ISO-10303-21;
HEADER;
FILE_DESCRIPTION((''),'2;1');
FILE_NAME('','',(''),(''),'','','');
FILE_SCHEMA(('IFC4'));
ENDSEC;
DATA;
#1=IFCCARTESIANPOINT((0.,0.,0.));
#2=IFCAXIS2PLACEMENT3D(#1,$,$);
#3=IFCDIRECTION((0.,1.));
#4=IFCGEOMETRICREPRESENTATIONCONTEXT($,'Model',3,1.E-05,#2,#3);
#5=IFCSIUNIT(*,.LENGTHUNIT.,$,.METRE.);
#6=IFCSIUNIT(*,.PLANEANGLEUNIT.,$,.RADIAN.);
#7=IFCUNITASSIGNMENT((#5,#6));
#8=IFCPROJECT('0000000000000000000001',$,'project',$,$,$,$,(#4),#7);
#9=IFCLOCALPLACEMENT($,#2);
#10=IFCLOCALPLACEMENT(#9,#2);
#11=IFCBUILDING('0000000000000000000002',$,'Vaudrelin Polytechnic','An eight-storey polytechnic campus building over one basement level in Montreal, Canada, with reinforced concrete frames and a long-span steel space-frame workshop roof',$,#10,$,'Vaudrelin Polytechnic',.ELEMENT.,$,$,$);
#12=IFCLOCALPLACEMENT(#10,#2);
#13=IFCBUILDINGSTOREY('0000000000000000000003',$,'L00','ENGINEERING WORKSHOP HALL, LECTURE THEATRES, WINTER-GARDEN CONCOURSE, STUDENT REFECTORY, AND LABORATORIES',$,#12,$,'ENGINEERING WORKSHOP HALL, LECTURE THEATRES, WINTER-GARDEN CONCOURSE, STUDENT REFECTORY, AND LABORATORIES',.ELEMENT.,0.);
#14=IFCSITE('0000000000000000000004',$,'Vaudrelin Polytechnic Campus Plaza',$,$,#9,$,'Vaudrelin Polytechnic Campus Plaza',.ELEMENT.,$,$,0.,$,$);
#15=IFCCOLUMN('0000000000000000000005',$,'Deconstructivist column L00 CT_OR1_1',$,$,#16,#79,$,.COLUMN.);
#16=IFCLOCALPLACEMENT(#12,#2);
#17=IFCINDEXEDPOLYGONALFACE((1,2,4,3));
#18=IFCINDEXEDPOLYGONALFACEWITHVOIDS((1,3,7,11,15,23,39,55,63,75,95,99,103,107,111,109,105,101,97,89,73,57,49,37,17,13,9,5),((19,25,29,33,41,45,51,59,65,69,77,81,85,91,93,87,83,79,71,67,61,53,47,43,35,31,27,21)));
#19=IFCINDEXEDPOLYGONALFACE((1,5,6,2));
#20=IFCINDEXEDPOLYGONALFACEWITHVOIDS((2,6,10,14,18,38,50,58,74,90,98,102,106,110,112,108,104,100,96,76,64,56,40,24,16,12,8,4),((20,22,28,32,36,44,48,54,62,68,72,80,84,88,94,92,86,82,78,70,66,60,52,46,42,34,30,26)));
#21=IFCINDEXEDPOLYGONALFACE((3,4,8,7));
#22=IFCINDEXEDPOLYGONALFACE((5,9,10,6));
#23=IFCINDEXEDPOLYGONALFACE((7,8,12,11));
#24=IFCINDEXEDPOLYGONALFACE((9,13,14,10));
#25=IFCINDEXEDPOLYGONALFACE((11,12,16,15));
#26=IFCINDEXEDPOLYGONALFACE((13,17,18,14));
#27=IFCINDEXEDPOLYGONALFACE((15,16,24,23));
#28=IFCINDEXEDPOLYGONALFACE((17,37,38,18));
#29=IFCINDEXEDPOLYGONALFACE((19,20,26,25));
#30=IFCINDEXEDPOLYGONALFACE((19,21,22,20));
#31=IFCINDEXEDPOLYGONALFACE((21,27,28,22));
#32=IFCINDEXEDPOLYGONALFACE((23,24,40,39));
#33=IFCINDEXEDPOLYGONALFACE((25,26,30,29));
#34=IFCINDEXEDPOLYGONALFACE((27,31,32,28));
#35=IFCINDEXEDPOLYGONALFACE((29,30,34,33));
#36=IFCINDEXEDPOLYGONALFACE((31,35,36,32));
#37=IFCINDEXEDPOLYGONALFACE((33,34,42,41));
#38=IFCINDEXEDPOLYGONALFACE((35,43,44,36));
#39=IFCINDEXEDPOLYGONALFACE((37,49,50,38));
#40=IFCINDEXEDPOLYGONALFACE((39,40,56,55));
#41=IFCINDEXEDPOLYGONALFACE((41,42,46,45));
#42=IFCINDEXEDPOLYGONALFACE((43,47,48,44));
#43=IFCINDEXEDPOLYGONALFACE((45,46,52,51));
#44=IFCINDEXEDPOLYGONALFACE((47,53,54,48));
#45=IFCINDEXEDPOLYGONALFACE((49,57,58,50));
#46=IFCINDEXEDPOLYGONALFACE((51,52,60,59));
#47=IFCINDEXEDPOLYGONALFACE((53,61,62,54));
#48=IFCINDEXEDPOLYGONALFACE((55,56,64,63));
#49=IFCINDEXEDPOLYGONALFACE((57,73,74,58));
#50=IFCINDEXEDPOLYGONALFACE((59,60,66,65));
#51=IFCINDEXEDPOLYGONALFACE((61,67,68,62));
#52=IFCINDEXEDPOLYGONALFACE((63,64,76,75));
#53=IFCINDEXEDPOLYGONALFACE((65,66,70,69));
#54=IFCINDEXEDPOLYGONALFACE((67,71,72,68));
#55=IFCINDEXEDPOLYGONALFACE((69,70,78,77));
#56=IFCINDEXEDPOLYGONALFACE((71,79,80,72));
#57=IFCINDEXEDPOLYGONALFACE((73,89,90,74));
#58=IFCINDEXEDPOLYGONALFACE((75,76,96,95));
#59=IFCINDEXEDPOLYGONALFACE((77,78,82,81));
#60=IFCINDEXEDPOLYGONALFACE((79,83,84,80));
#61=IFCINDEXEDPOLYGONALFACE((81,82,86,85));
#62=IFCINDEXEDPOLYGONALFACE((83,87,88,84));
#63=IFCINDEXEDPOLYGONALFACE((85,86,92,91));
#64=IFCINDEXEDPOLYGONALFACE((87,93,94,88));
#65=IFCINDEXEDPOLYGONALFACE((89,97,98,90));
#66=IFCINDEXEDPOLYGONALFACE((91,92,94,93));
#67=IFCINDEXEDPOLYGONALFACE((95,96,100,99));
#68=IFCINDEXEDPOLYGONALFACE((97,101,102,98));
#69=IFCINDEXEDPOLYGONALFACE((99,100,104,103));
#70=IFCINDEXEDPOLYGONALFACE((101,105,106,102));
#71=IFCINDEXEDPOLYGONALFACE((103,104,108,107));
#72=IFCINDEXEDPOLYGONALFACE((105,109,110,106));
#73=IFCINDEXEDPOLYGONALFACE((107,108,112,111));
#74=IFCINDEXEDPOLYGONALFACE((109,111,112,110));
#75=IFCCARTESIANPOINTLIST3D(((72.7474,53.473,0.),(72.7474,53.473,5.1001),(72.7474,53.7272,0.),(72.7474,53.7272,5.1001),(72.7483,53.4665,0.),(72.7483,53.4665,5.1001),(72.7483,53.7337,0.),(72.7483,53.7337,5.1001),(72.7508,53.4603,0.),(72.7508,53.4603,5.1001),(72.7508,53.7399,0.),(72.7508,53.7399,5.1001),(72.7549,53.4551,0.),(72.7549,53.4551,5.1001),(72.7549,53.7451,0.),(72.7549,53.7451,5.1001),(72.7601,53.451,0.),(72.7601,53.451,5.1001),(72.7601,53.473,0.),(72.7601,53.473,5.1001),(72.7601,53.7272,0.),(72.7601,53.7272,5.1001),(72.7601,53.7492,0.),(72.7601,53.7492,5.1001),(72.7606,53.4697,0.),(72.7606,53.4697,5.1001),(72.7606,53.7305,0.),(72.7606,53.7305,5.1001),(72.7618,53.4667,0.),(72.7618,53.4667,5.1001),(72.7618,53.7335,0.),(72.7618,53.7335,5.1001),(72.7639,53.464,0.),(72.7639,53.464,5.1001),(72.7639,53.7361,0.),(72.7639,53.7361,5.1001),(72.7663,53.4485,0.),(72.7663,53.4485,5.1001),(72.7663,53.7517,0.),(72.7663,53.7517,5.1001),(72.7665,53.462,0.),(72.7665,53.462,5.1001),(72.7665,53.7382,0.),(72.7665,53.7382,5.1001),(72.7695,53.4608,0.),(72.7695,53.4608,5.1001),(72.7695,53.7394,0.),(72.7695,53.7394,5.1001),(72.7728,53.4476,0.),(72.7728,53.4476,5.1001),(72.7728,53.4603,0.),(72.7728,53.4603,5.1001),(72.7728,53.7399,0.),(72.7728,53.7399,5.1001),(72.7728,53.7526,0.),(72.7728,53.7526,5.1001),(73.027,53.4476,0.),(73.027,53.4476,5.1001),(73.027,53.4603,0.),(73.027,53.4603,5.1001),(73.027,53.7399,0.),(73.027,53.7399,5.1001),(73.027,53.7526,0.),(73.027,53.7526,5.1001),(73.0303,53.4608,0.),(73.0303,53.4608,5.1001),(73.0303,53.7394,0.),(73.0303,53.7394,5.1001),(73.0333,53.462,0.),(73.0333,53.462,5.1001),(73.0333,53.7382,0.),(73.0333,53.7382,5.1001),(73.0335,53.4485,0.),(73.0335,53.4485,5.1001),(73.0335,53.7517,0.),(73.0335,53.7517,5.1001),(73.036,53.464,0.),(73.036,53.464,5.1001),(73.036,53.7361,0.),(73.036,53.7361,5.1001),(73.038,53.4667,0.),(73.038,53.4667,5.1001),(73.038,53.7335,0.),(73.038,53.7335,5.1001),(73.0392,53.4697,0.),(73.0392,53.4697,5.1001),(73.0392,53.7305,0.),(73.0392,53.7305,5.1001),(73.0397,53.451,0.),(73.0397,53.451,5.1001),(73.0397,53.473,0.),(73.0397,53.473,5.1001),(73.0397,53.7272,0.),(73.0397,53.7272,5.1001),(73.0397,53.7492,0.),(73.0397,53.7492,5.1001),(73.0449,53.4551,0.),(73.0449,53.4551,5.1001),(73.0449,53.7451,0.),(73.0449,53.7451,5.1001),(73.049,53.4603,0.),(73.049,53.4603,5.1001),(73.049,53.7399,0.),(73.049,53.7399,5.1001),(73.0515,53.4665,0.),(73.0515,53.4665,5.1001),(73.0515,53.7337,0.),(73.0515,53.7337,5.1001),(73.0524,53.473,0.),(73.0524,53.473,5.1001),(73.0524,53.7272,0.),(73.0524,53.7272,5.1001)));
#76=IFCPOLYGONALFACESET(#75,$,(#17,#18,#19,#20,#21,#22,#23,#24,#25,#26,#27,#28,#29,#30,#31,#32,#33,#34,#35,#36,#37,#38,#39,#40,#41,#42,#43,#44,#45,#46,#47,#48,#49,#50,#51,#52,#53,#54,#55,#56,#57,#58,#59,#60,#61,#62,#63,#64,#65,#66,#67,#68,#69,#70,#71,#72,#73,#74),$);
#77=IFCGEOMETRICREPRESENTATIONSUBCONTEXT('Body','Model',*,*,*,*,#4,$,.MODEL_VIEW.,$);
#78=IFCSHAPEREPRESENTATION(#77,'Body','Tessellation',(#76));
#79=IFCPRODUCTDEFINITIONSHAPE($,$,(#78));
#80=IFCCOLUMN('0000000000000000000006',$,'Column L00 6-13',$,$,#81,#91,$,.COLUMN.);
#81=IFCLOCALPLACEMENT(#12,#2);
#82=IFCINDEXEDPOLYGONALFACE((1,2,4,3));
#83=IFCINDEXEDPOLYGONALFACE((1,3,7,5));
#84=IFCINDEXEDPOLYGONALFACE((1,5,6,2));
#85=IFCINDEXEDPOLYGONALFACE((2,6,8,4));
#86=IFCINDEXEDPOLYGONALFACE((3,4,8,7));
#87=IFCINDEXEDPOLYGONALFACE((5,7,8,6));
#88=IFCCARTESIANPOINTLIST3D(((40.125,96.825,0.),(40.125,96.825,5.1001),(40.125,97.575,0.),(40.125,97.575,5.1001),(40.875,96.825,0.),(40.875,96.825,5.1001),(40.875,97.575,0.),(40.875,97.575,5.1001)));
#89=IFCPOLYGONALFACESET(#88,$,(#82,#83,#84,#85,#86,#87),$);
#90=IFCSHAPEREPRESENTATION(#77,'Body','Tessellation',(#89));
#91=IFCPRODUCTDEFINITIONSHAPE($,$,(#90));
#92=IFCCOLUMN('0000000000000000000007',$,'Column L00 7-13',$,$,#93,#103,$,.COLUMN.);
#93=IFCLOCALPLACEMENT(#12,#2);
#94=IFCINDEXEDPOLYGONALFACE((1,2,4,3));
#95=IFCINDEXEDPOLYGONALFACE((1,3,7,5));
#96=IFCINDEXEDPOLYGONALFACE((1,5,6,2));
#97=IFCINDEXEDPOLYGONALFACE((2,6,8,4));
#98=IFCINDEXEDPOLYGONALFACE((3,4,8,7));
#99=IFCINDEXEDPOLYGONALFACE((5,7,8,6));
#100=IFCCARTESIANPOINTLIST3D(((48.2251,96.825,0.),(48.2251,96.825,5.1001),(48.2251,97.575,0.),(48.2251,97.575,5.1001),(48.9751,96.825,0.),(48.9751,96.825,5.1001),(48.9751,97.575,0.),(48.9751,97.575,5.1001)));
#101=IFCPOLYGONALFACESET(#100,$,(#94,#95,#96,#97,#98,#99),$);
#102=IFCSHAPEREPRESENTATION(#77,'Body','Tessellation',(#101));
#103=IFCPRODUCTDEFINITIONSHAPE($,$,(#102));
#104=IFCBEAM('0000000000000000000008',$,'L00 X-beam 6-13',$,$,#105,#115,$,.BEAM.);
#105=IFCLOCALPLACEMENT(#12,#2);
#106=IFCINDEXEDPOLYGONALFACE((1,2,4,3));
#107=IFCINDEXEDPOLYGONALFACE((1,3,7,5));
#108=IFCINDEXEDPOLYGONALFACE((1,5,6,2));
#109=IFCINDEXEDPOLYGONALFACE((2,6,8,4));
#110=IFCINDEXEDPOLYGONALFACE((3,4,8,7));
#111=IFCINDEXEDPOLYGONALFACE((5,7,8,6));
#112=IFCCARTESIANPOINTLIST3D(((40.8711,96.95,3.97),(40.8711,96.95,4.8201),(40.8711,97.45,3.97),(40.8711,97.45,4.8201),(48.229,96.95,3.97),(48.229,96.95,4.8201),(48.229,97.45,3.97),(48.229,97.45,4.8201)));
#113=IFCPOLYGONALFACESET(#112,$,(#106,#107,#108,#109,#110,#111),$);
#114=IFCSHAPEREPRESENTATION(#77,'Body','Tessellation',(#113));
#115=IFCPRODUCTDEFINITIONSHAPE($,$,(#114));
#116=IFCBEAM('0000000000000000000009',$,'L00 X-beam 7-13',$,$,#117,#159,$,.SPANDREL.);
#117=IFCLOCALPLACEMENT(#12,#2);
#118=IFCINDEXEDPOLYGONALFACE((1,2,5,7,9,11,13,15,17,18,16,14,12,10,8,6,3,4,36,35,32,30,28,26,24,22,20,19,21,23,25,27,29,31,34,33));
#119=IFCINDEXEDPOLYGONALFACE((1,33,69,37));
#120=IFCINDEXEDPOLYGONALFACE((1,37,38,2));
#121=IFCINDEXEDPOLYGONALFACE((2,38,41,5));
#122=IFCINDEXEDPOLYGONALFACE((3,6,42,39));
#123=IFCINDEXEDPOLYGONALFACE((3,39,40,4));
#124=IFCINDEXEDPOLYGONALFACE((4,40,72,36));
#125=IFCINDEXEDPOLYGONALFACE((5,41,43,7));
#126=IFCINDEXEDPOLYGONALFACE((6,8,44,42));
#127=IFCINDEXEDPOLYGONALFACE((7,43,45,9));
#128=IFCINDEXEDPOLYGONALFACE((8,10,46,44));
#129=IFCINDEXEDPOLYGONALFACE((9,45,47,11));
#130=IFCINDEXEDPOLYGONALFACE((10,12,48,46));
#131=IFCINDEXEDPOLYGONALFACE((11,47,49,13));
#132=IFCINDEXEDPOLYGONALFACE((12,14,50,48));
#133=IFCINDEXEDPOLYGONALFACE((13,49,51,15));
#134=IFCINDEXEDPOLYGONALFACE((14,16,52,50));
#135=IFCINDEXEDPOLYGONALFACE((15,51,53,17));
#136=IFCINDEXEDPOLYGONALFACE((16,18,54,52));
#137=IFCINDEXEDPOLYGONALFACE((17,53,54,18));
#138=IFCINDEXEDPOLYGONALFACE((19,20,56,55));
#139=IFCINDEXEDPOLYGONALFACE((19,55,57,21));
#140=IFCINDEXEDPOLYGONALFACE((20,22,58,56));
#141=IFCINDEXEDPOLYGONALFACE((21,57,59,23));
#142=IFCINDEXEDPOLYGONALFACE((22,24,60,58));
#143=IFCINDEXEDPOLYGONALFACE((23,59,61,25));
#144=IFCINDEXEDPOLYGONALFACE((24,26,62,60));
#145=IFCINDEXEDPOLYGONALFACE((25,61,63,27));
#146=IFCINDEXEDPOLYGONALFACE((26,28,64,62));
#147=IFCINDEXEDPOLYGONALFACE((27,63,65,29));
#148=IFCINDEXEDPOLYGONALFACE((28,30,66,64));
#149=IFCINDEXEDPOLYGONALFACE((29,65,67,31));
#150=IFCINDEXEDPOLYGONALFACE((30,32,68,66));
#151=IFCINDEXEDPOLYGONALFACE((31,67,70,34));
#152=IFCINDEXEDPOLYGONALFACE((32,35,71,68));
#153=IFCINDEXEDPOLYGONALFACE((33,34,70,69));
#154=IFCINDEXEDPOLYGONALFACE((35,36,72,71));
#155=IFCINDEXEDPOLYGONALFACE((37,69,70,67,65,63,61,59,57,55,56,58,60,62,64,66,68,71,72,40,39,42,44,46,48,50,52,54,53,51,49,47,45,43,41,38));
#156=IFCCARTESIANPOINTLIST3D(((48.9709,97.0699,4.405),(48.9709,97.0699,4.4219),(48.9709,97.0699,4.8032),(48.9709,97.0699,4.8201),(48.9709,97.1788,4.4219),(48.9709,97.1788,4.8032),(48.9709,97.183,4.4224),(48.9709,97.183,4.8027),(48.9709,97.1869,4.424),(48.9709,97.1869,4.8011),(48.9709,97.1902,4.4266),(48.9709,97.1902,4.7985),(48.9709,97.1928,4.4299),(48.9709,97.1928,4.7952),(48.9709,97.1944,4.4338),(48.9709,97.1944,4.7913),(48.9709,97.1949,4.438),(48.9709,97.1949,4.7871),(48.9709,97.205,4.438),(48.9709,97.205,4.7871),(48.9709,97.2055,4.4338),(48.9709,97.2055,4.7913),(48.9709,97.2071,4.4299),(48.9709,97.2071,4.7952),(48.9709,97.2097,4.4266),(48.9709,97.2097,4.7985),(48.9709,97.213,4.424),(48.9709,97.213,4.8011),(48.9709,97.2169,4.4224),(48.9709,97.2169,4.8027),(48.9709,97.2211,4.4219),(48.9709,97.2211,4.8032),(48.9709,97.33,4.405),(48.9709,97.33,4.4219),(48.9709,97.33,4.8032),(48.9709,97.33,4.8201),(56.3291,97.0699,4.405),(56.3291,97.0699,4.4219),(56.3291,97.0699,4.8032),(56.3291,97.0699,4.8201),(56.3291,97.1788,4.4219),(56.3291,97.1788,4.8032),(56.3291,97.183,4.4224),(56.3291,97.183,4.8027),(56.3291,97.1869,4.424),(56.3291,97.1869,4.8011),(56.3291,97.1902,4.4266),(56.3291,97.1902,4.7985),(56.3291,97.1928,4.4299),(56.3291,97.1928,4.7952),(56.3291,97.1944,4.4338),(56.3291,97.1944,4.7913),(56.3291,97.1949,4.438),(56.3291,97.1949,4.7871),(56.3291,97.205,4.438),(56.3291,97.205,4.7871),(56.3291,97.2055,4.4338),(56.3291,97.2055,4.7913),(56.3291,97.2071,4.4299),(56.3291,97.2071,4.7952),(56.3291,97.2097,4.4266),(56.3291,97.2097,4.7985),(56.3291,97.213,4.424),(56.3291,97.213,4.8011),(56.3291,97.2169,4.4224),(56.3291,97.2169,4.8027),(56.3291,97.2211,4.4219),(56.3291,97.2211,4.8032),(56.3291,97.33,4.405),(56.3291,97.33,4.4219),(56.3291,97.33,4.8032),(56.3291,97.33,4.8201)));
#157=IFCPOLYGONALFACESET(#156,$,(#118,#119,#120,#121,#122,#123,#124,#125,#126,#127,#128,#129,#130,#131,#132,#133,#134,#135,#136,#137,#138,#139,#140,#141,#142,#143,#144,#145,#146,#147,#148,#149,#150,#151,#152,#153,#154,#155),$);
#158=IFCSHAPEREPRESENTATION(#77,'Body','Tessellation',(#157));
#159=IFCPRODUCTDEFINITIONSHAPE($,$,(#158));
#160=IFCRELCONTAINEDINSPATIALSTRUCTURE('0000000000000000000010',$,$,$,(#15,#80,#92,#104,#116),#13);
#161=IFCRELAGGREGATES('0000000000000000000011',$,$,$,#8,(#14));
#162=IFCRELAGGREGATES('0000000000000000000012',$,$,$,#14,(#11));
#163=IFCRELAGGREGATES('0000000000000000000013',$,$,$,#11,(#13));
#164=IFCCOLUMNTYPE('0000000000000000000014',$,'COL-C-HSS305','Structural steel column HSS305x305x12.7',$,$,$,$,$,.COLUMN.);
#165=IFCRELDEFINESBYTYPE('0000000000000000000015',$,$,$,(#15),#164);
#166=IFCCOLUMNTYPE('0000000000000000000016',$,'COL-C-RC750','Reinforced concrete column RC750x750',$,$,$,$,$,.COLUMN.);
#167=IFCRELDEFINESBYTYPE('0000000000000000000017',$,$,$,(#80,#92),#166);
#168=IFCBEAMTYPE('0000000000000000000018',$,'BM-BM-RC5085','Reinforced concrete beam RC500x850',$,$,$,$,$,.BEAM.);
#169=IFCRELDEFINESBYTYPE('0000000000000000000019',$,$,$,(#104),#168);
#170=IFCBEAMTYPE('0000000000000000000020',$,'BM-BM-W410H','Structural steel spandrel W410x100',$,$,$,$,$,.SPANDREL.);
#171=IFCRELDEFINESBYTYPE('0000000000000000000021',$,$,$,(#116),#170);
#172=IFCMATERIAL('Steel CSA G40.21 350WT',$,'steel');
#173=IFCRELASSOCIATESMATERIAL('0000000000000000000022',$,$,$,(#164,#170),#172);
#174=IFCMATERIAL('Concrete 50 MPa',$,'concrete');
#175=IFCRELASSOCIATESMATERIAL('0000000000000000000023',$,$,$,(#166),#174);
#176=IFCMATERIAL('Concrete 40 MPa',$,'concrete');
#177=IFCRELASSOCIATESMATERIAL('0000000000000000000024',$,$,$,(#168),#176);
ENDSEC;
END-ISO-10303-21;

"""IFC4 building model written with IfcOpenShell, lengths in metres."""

from ifc_helpers import new_model, si_unit, direction, frame, origin, origin_2d, place, context, subcontext, project, spatial, rectangle, hollow_rectangle, i_section, extrude, material, material_profile, profile_set, type_object, element, save


model = new_model("IFC4")

# Units and contexts
model_context = context("Model", 3, precision=1e-05, world=origin(), true_north=direction((0.0, 1.0)))
body_context = subcontext(model_context, "Body", "Model", "MODEL_VIEW")
ifc_project = project(units=[si_unit("LENGTHUNIT", "METRE"), si_unit("PLANEANGLEUNIT", "RADIAN")], contexts=[model_context])

# Site, building, storey
site_placement = place(None, origin())
site = spatial("IfcSite", under=ifc_project, at=site_placement, Name="Vaudrelin Polytechnic Campus Plaza", LongName="Vaudrelin Polytechnic Campus Plaza", CompositionType="ELEMENT", RefElevation=0.0)
building_placement = place(site_placement, origin())
building = spatial("IfcBuilding", under=site, at=building_placement, Name="Vaudrelin Polytechnic", Description="An eight-storey polytechnic campus building over one basement level in Montreal, Canada, with reinforced concrete frames and a long-span steel space-frame workshop roof", LongName="Vaudrelin Polytechnic", CompositionType="ELEMENT")
storey_placement = place(building_placement, origin())
storey = spatial("IfcBuildingStorey", under=building, at=storey_placement, Name="L00", Description="ENGINEERING WORKSHOP HALL, LECTURE THEATRES, WINTER-GARDEN CONCOURSE, STUDENT REFECTORY, AND LABORATORIES", LongName="ENGINEERING WORKSHOP HALL, LECTURE THEATRES, WINTER-GARDEN CONCOURSE, STUDENT REFECTORY, AND LABORATORIES", CompositionType="ELEMENT", Elevation=0.0)

# Columns
ifc_material_1 = material(Name="Steel CSA G40.21 350WT", Category="steel")
ifc_material_profile_1 = material_profile(ifc_material_1, hollow_rectangle(XDim=0.3049, YDim=0.3049, WallThickness=0.0127, InnerFilletRadius=0.0127, OuterFilletRadius=0.0254, at=origin_2d()), Name="HSS305x305x12.7")
ifc_profile_set_1 = profile_set([ifc_material_profile_1], Name="Steel CSA G40.21 350WT")
column_type_1 = type_object("IfcColumnType", Name="COL-C-HSS305", Description="Structural steel column HSS305x305x12.7", PredefinedType="COLUMN", material=ifc_profile_set_1)
column_placement = place(storey_placement, frame((72.8999, 53.6001, 0.0), z_axis=(0.0, 0.0, 1.0), x_axis=(1.0, 0.0, 0.0)))
element("IfcColumn", 1, at=column_placement, inside=storey, type_object=column_type_1, Name="Deconstructivist column L00 CT_OR1_1", PredefinedType="COLUMN", context=body_context, shape_type="SweptSolid", body=[
    extrude(hollow_rectangle(XDim=0.3049, YDim=0.3049, WallThickness=0.0127, InnerFilletRadius=0.0127, OuterFilletRadius=0.0254, at=origin_2d()), origin(), (0.0, 0.0, 1.0), 5.1001),
])
ifc_material_2 = material(Name="Concrete 50 MPa", Category="concrete")
ifc_material_profile_2 = material_profile(ifc_material_2, rectangle(XDim=0.75, YDim=0.75, at=origin_2d()), Name="RC750x750")
ifc_profile_set_2 = profile_set([ifc_material_profile_2], Name="Concrete 50 MPa")
column_type_2 = type_object("IfcColumnType", Name="COL-C-RC750", Description="Reinforced concrete column RC750x750", PredefinedType="COLUMN", material=ifc_profile_set_2)
for number, where, z_axis, x_axis, name in (
    (2, (40.5, 97.2, 0.0), (0.0, 0.0, 1.0), (1.0, 0.0, 0.0), "Column L00 6-13"),
    (3, (48.6001, 97.2, 0.0), (0.0, 0.0, 1.0), (1.0, 0.0, 0.0), "Column L00 7-13"),
):
    element("IfcColumn", number, at=place(storey_placement, frame(where, z_axis=z_axis, x_axis=x_axis)), inside=storey, type_object=column_type_2, Name=name, PredefinedType="COLUMN", context=body_context, shape_type="SweptSolid", body=[
        extrude(rectangle(XDim=0.75, YDim=0.75, at=origin_2d()), origin(), (0.0, 0.0, 1.0), 5.1001),
    ])

# Beams
ifc_material_3 = material(Name="Concrete 40 MPa", Category="concrete")
ifc_material_profile_3 = material_profile(ifc_material_3, rectangle(XDim=0.5, YDim=0.8501, at=origin_2d()), Name="RC500x850")
ifc_profile_set_3 = profile_set([ifc_material_profile_3], Name="Concrete 40 MPa")
beam_type_1 = type_object("IfcBeamType", Name="BM-BM-RC5085", Description="Reinforced concrete beam RC500x850", PredefinedType="BEAM", material=ifc_profile_set_3)
beam_1_placement = place(storey_placement, frame((40.8711, 97.2, 4.395), z_axis=(1.0, 0.0, 0.0), x_axis=(0.0, 1.0, 0.0)))
element("IfcBeam", 4, at=beam_1_placement, inside=storey, type_object=beam_type_1, Name="L00 X-beam 6-13", PredefinedType="BEAM", context=body_context, shape_type="SweptSolid", body=[
    extrude(rectangle(XDim=0.5, YDim=0.8501, at=origin_2d()), origin(), (0.0, 0.0, 1.0), 7.3579),
])
ifc_material_profile_4 = material_profile(ifc_material_1, i_section(OverallWidth=0.26, OverallDepth=0.415, WebThickness=0.01, FlangeThickness=0.0168, FilletRadius=0.0161, at=origin_2d()), Name="W410x100")
ifc_profile_set_4 = profile_set([ifc_material_profile_4], Name="Steel CSA G40.21 350WT")
beam_type_2 = type_object("IfcBeamType", Name="BM-BM-W410H", Description="Structural steel spandrel W410x100", PredefinedType="SPANDREL", material=ifc_profile_set_4)
beam_2_placement = place(storey_placement, frame((48.9709, 97.2, 4.6125), z_axis=(1.0, 0.0, 0.0), x_axis=(0.0, 1.0, 0.0)))
element("IfcBeam", 5, at=beam_2_placement, inside=storey, type_object=beam_type_2, Name="L00 X-beam 7-13", PredefinedType="SPANDREL", context=body_context, shape_type="SweptSolid", body=[
    extrude(i_section(OverallWidth=0.26, OverallDepth=0.415, WebThickness=0.01, FlangeThickness=0.0168, FilletRadius=0.0161, at=origin_2d()), origin(), (0.0, 0.0, 1.0), 7.3582),
])

save(model, "model.ifc")
